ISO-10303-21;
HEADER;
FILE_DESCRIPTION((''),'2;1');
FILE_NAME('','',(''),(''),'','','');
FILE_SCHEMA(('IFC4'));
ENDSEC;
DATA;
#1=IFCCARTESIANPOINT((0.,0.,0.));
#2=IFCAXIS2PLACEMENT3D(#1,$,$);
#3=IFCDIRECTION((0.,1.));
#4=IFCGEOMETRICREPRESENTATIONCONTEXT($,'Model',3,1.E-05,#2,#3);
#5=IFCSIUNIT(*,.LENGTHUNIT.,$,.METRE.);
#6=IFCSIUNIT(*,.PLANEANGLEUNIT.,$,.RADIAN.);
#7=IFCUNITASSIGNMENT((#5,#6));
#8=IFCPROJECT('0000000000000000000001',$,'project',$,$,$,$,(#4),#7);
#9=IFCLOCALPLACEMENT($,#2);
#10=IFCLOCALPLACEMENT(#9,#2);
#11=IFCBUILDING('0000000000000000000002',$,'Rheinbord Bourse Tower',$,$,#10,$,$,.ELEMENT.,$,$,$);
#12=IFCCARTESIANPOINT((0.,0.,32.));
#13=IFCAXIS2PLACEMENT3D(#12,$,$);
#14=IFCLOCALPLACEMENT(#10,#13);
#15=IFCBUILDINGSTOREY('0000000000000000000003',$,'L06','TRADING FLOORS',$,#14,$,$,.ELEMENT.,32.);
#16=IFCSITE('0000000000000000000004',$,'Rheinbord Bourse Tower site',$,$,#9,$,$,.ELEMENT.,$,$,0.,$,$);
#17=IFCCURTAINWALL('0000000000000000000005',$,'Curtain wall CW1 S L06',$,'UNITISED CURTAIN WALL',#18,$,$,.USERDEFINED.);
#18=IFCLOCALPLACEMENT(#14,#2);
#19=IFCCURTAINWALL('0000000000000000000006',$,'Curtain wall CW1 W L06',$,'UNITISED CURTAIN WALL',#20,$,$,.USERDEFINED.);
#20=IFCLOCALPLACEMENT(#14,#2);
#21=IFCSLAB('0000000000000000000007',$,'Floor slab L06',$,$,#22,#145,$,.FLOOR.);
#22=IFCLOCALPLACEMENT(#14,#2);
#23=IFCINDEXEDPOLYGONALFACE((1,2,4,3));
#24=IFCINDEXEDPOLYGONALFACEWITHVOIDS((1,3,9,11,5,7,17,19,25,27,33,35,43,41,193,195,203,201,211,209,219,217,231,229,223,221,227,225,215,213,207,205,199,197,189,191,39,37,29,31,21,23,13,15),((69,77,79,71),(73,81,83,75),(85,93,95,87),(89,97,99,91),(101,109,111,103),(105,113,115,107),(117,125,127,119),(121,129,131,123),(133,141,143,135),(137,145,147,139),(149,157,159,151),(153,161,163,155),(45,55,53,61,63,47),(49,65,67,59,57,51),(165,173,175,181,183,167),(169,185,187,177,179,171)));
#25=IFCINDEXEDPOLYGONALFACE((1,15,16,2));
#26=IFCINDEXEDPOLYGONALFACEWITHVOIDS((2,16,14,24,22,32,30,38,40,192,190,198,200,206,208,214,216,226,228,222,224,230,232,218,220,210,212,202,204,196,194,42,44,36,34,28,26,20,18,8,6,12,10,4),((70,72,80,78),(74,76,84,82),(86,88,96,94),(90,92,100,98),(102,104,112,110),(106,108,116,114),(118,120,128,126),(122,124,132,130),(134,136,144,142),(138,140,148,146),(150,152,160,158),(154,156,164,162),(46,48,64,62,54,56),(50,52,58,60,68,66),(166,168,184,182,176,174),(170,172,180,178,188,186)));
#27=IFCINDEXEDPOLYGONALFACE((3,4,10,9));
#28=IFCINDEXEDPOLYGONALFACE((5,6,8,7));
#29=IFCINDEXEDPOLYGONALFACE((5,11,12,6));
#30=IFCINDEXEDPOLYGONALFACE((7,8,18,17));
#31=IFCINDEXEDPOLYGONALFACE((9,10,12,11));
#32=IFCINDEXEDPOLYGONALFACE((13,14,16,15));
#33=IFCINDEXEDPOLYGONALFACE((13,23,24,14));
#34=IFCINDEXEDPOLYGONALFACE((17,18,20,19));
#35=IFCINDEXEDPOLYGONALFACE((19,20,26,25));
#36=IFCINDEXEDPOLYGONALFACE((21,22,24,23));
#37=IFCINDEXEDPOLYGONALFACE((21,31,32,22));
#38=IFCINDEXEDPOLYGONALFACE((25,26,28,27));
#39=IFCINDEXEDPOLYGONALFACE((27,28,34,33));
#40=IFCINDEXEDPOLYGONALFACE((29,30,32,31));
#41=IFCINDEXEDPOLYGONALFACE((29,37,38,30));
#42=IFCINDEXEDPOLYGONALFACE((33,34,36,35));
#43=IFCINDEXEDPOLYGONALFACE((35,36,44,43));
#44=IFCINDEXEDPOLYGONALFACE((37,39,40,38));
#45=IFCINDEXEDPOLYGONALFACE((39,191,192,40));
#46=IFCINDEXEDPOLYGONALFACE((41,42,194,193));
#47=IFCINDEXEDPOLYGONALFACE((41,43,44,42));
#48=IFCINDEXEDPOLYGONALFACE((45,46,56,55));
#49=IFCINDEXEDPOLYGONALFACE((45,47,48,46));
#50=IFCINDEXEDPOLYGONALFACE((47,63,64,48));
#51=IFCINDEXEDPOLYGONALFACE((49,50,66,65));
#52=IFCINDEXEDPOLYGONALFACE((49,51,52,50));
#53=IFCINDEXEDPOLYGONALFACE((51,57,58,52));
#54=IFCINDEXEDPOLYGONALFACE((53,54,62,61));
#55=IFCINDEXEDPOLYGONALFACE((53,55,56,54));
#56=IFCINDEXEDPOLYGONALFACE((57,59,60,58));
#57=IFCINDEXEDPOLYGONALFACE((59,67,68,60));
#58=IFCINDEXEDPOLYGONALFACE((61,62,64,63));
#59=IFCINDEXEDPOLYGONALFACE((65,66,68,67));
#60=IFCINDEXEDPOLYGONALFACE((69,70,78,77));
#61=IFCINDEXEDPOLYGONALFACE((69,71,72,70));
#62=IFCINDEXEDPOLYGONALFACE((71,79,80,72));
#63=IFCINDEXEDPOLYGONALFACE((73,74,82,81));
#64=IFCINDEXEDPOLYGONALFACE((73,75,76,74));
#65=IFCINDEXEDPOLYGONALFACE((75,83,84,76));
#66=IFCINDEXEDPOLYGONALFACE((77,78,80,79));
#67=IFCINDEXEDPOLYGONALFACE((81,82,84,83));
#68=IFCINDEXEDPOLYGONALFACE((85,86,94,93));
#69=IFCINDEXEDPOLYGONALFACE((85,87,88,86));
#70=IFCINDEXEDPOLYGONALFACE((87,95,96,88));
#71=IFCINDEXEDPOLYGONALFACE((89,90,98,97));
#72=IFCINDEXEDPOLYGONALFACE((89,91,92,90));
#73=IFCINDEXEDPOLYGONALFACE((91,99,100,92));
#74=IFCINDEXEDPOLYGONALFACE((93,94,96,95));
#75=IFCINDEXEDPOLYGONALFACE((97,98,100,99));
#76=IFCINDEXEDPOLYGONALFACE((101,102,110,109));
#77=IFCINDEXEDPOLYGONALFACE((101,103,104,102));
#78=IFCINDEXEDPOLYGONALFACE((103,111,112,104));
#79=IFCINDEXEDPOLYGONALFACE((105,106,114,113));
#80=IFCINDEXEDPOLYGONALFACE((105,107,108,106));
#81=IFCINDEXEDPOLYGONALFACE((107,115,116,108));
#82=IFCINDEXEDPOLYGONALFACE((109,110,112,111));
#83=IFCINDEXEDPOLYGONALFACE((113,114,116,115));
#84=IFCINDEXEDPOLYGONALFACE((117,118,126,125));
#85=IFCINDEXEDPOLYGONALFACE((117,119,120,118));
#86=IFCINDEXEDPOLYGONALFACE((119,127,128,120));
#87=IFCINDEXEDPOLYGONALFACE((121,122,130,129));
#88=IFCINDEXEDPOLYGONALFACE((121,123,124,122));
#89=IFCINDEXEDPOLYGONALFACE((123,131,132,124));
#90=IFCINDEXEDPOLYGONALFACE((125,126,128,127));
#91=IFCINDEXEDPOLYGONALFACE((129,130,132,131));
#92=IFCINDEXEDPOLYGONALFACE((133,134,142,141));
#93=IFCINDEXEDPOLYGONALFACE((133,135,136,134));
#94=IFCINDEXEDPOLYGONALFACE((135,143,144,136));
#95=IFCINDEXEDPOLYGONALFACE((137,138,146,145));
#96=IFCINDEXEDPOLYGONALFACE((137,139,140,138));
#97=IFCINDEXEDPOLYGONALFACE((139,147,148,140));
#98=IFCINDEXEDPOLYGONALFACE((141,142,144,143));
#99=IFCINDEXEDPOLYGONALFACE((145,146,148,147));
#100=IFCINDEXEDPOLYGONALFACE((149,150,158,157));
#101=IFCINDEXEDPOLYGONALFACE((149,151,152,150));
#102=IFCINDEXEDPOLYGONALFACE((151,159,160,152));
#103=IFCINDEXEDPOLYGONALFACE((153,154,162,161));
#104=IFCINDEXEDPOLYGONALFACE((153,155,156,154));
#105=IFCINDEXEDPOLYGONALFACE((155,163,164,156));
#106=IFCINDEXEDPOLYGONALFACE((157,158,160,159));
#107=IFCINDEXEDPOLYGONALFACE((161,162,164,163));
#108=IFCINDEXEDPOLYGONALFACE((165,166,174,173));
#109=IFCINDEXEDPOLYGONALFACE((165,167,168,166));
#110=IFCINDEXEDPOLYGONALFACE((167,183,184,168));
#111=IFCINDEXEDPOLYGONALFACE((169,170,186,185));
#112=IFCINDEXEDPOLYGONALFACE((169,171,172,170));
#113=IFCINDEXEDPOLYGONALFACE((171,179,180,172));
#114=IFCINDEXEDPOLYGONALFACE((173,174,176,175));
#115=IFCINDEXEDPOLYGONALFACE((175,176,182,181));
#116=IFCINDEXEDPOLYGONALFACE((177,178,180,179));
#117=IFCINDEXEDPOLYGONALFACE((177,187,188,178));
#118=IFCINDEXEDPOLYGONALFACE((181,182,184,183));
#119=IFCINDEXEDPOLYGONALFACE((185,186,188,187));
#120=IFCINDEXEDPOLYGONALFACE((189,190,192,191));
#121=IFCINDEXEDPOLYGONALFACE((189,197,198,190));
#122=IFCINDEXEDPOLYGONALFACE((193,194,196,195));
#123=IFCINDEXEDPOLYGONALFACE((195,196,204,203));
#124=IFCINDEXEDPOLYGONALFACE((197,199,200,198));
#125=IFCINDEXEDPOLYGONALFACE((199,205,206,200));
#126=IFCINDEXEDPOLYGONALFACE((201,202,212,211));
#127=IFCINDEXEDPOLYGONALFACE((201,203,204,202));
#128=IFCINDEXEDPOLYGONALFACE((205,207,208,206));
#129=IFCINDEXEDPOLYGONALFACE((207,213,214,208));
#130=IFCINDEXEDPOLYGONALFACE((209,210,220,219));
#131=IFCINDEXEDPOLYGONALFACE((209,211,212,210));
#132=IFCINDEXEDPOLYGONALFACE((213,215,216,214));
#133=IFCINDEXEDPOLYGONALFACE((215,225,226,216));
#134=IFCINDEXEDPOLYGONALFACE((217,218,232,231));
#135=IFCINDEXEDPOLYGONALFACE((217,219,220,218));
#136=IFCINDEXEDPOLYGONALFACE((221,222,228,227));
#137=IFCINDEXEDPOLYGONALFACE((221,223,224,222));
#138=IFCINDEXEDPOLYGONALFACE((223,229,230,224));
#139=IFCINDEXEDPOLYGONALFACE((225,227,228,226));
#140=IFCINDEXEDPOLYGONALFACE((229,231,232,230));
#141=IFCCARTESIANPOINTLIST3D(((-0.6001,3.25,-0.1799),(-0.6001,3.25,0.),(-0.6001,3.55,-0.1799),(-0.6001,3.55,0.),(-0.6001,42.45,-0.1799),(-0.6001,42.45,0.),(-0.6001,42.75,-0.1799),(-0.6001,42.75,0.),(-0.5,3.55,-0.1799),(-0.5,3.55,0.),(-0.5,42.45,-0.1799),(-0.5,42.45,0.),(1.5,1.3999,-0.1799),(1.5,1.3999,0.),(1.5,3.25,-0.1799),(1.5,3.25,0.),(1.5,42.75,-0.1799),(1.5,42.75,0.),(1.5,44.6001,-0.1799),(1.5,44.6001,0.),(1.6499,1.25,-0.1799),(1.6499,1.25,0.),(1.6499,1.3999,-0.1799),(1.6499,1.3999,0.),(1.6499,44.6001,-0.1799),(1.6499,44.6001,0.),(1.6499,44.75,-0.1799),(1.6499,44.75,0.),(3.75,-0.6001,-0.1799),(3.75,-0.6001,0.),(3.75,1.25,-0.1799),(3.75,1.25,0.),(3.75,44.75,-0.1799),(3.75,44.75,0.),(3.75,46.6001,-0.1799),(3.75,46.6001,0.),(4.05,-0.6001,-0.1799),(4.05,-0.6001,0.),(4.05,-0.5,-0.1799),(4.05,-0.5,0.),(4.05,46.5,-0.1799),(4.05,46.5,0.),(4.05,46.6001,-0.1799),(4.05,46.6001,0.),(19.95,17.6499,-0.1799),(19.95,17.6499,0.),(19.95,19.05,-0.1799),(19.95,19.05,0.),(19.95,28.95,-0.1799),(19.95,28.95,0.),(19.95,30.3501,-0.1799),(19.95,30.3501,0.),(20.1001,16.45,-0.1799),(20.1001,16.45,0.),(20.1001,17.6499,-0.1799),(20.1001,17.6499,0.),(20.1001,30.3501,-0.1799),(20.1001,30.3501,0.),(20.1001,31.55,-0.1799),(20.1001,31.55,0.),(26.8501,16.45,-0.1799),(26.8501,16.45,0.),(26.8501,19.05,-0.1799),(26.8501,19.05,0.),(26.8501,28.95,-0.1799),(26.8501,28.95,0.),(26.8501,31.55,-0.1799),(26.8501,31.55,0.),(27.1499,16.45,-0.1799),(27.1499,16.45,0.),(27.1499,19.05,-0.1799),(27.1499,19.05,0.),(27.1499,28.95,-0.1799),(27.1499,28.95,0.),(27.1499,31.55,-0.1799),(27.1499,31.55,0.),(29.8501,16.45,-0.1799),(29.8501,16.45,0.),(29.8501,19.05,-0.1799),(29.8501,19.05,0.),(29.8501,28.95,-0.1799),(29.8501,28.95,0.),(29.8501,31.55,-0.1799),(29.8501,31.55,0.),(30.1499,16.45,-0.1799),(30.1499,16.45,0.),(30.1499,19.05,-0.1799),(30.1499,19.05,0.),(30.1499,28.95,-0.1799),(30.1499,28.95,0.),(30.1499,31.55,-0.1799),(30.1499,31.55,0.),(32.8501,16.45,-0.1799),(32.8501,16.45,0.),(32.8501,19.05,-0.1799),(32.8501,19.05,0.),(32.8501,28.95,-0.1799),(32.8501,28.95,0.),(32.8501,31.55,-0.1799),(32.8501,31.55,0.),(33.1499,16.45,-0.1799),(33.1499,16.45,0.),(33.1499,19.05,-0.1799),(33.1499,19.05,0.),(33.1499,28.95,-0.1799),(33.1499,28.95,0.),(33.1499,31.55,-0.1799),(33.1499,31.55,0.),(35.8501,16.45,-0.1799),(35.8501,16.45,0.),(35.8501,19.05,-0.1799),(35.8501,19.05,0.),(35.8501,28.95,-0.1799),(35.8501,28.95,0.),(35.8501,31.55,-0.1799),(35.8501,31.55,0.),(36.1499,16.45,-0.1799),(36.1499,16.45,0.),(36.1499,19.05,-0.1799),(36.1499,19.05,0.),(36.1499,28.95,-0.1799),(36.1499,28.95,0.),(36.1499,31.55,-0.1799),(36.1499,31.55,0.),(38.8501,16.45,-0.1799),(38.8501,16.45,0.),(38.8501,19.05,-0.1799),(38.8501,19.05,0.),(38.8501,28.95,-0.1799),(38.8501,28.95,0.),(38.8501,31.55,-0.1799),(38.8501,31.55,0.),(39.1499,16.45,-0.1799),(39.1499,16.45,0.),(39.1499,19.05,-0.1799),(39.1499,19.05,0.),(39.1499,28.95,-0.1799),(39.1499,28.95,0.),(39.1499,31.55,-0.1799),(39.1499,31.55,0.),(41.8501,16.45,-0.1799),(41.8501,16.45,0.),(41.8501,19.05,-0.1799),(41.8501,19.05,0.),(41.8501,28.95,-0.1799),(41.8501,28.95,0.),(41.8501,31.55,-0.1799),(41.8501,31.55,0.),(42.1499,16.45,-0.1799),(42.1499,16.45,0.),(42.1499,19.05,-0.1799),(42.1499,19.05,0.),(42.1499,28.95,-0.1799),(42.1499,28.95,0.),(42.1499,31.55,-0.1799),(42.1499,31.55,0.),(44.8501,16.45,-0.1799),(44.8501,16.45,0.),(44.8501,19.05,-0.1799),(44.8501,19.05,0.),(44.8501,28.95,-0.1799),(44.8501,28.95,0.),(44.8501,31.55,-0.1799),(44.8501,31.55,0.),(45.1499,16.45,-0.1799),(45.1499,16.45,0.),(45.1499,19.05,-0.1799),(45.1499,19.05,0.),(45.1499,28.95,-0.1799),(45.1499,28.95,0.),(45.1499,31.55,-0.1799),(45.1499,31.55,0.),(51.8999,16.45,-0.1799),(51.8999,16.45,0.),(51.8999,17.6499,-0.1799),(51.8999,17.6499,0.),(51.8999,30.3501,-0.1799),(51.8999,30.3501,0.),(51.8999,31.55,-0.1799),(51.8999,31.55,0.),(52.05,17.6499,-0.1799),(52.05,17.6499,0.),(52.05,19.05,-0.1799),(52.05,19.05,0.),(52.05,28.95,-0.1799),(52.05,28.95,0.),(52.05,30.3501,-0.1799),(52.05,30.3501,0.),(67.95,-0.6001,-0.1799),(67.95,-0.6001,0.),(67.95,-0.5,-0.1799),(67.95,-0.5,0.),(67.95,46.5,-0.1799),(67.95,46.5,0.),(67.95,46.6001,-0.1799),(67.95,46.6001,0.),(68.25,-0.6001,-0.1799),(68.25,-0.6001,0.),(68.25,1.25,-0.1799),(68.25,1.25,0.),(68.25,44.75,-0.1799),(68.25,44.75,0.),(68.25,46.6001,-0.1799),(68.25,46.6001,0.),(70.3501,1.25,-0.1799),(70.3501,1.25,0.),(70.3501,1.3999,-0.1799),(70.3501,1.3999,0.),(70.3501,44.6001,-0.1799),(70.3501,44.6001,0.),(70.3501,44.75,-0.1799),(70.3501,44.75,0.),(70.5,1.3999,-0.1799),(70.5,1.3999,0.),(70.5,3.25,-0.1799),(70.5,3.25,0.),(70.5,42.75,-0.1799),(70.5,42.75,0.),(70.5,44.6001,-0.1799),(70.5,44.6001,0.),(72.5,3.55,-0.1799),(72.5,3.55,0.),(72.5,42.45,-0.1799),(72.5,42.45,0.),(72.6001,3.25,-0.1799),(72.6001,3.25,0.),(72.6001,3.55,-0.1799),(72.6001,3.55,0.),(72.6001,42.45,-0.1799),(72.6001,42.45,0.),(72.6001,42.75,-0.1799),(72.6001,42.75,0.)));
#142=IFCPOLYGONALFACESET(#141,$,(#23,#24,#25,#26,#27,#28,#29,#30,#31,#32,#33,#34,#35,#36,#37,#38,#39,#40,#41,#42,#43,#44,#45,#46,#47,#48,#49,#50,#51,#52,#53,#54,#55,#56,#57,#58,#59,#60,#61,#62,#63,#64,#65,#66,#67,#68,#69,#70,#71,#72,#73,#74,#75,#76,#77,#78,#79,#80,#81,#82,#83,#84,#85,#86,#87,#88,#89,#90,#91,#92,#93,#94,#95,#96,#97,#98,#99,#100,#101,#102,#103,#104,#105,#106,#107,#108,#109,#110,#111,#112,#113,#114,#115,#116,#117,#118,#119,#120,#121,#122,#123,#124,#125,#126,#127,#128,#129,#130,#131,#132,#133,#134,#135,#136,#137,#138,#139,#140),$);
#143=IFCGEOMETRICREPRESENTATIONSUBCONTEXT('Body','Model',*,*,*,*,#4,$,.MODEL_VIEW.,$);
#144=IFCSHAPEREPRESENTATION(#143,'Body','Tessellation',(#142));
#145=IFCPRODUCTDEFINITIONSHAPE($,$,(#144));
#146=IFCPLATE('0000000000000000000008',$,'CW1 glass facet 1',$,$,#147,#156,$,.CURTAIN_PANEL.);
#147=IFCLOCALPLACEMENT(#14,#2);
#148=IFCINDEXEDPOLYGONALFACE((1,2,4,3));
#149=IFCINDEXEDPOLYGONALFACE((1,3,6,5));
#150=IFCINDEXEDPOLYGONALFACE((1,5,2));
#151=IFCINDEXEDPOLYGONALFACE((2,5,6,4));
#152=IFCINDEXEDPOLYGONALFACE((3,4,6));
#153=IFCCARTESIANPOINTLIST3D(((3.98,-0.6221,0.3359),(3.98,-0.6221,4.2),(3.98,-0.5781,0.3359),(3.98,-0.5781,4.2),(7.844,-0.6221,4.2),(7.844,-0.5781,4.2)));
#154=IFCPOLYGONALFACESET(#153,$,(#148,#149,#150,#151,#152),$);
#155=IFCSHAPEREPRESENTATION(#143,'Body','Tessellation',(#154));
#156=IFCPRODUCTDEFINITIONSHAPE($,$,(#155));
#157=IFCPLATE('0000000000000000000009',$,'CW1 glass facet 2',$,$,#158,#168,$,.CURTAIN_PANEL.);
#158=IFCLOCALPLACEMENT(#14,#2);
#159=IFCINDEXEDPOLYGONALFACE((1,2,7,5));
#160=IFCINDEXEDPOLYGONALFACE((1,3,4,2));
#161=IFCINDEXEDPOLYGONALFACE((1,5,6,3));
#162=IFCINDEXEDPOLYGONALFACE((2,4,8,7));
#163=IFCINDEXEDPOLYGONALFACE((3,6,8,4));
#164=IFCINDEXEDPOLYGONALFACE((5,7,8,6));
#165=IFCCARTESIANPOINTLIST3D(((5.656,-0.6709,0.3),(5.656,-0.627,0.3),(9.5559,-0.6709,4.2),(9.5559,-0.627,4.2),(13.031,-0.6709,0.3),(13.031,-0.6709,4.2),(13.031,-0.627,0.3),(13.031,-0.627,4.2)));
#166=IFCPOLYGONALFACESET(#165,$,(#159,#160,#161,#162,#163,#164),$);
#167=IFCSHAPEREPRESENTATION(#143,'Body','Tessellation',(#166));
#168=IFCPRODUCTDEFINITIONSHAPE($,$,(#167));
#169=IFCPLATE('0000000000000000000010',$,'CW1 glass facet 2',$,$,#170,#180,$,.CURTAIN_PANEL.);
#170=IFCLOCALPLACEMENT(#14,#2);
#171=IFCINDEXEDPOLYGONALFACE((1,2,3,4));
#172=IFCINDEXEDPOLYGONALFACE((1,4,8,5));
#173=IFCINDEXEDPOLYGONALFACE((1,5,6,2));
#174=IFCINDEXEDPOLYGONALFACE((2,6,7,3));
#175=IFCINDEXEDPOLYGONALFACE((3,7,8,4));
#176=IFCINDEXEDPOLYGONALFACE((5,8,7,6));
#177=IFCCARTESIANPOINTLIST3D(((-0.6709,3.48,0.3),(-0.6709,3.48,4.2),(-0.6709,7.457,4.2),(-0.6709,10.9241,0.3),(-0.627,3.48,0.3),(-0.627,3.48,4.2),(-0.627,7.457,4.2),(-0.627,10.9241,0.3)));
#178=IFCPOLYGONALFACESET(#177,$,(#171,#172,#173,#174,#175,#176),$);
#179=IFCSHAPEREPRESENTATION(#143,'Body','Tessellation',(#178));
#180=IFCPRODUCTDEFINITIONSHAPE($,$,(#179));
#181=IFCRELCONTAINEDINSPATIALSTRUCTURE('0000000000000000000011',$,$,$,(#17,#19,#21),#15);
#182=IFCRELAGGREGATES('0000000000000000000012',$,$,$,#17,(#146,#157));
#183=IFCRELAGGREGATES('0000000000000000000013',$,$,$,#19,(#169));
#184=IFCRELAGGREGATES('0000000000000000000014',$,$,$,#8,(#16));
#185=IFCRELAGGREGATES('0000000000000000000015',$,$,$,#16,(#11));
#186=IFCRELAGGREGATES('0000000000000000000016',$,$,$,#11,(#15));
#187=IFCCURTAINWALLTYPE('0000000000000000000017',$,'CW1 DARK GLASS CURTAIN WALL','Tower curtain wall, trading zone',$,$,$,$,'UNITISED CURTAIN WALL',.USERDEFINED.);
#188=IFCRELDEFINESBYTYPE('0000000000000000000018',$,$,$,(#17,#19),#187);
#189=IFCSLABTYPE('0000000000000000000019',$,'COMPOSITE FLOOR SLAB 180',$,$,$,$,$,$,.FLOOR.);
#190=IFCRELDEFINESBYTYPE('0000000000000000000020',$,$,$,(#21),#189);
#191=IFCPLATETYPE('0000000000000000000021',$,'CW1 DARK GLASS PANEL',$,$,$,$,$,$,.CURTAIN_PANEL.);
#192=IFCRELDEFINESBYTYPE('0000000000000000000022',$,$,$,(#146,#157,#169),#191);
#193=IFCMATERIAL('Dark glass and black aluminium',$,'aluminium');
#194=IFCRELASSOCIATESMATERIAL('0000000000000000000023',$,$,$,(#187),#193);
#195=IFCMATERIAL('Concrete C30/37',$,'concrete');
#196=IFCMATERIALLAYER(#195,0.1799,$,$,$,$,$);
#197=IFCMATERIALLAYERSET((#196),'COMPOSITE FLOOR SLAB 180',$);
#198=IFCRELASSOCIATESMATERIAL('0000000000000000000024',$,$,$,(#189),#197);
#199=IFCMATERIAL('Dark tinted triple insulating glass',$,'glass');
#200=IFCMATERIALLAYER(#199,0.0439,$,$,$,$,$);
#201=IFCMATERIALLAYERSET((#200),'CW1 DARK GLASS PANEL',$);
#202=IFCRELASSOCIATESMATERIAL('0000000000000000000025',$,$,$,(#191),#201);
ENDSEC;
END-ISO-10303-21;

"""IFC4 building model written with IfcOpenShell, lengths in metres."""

from ifc_helpers import new_model, si_unit, direction, frame, origin, place, context, subcontext, project, spatial, polyline, outline, extrude, material, layer, layer_set, type_object, element, aggregate, save


model = new_model("IFC4")

# Units and contexts
model_context = context("Model", 3, precision=1e-05, world=origin(), true_north=direction((0.0, 1.0)))
body_context = subcontext(model_context, "Body", "Model", "MODEL_VIEW")
ifc_project = project(units=[si_unit("LENGTHUNIT", "METRE"), si_unit("PLANEANGLEUNIT", "RADIAN")], contexts=[model_context])

# Site, building, storey
site_placement = place(None, origin())
site = spatial("IfcSite", under=ifc_project, at=site_placement, Name="Rheinbord Bourse Tower site", CompositionType="ELEMENT", RefElevation=0.0)
building_placement = place(site_placement, origin())
building = spatial("IfcBuilding", under=site, at=building_placement, Name="Rheinbord Bourse Tower", CompositionType="ELEMENT")
storey_placement = place(building_placement, frame((0.0, 0.0, 32.0)))
storey = spatial("IfcBuildingStorey", under=building, at=storey_placement, Name="L06", Description="TRADING FLOORS", CompositionType="ELEMENT", Elevation=32.0)

# Curtain wall
ifc_material_1 = material(Name="Dark glass and black aluminium", Category="aluminium")
curtain_wall_type = type_object("IfcCurtainWallType", Name="CW1 DARK GLASS CURTAIN WALL", Description="Tower curtain wall, trading zone", ElementType="UNITISED CURTAIN WALL", PredefinedType="USERDEFINED", material=ifc_material_1)
curtain_wall_1_placement = place(storey_placement, origin())
curtain_wall_1 = element("IfcCurtainWall", 1, at=curtain_wall_1_placement, inside=storey, type_object=curtain_wall_type, Name="Curtain wall CW1 S L06", ObjectType="UNITISED CURTAIN WALL", PredefinedType="USERDEFINED")

# Curtain wall
curtain_wall_2_placement = place(storey_placement, origin())
curtain_wall_2 = element("IfcCurtainWall", 2, at=curtain_wall_2_placement, inside=storey, type_object=curtain_wall_type, Name="Curtain wall CW1 W L06", ObjectType="UNITISED CURTAIN WALL", PredefinedType="USERDEFINED")

# Slab
ifc_material_2 = material(Name="Concrete C30/37", Category="concrete")
ifc_layer_1 = layer(ifc_material_2, 0.1799)
ifc_layer_set_1 = layer_set([ifc_layer_1], Name="COMPOSITE FLOOR SLAB 180")
slab_type_1 = type_object("IfcSlabType", Name="COMPOSITE FLOOR SLAB 180", PredefinedType="FLOOR", material=ifc_layer_set_1)
slab_1_placement = place(storey_placement, frame((0.0, 0.0, -0.1799)))
element("IfcSlab", 3, at=slab_1_placement, inside=storey, type_object=slab_type_1, Name="Floor slab L06", PredefinedType="FLOOR", context=body_context, shape_type="SweptSolid", body=[
    extrude(outline(polyline([(1.6499, 1.3999), (1.5, 1.3999), (1.5, 3.25), (-0.6001, 3.25), (-0.6001, 3.55), (-0.5, 3.55), (-0.5, 42.45), (-0.6001, 42.45), (-0.6001, 42.75), (1.5, 42.75), (1.5, 44.6001), (1.6499, 44.6001), (1.6499, 44.75), (3.75, 44.75), (3.75, 46.6001), (4.05, 46.6001), (4.05, 46.5), (67.95, 46.5), (67.95, 46.6001), (68.25, 46.6001), (68.25, 44.75), (70.3501, 44.75), (70.3501, 44.6001), (70.5, 44.6001), (70.5, 42.75), (72.6001, 42.75), (72.6001, 42.45), (72.5, 42.45), (72.5, 3.55), (72.6001, 3.55), (72.6001, 3.25), (70.5, 3.25), (70.5, 1.3999), (70.3501, 1.3999), (70.3501, 1.25), (68.25, 1.25), (68.25, -0.6001), (67.95, -0.6001), (67.95, -0.5), (4.05, -0.5), (4.05, -0.6001), (3.75, -0.6001), (3.75, 1.25), (1.6499, 1.25), (1.6499, 1.3999)]), holes=[polyline([(19.95, 19.05), (26.8501, 19.05), (26.8501, 16.45), (20.1001, 16.45), (20.1001, 17.6499), (19.95, 17.6499), (19.95, 19.05)]), polyline([(26.8501, 31.55), (26.8501, 28.95), (19.95, 28.95), (19.95, 30.3501), (20.1001, 30.3501), (20.1001, 31.55), (26.8501, 31.55)]), polyline([(45.1499, 16.45), (45.1499, 19.05), (52.05, 19.05), (52.05, 17.6499), (51.8999, 17.6499), (51.8999, 16.45), (45.1499, 16.45)]), polyline([(52.05, 28.95), (45.1499, 28.95), (45.1499, 31.55), (51.8999, 31.55), (51.8999, 30.3501), (52.05, 30.3501), (52.05, 28.95)]), polyline([(27.1499, 16.45), (27.1499, 19.05), (29.8501, 19.05), (29.8501, 16.45), (27.1499, 16.45)]), polyline([(27.1499, 28.95), (27.1499, 31.55), (29.8501, 31.55), (29.8501, 28.95), (27.1499, 28.95)]), polyline([(30.1499, 16.45), (30.1499, 19.05), (32.8501, 19.05), (32.8501, 16.45), (30.1499, 16.45)]), polyline([(30.1499, 28.95), (30.1499, 31.55), (32.8501, 31.55), (32.8501, 28.95), (30.1499, 28.95)]), polyline([(33.1499, 16.45), (33.1499, 19.05), (35.8501, 19.05), (35.8501, 16.45), (33.1499, 16.45)]), polyline([(33.1499, 28.95), (33.1499, 31.55), (35.8501, 31.55), (35.8501, 28.95), (33.1499, 28.95)]), polyline([(36.1499, 16.45), (36.1499, 19.05), (38.8501, 19.05), (38.8501, 16.45), (36.1499, 16.45)]), polyline([(36.1499, 28.95), (36.1499, 31.55), (38.8501, 31.55), (38.8501, 28.95), (36.1499, 28.95)]), polyline([(39.1499, 16.45), (39.1499, 19.05), (41.8501, 19.05), (41.8501, 16.45), (39.1499, 16.45)]), polyline([(39.1499, 28.95), (39.1499, 31.55), (41.8501, 31.55), (41.8501, 28.95), (39.1499, 28.95)]), polyline([(42.1499, 16.45), (42.1499, 19.05), (44.8501, 19.05), (44.8501, 16.45), (42.1499, 16.45)]), polyline([(42.1499, 28.95), (42.1499, 31.55), (44.8501, 31.55), (44.8501, 28.95), (42.1499, 28.95)])]), origin(), (0.0, 0.0, 1.0), 0.1799),
])

# Plates
ifc_material_3 = material(Name="Dark tinted triple insulating glass", Category="glass")
ifc_layer_2 = layer(ifc_material_3, 0.0439)
ifc_layer_set_2 = layer_set([ifc_layer_2], Name="CW1 DARK GLASS PANEL")
plate_type = type_object("IfcPlateType", Name="CW1 DARK GLASS PANEL", PredefinedType="CURTAIN_PANEL", material=ifc_layer_set_2)
plate_1_placement = place(storey_placement, frame((3.98, -0.6221, 4.2), z_axis=(0.0, 1.0, 0.0), x_axis=(1.0, 0.0, 0.0)))
plate_1 = element("IfcPlate", 4, at=plate_1_placement, type_object=plate_type, Name="CW1 glass facet 1", PredefinedType="CURTAIN_PANEL", context=body_context, shape_type="SweptSolid", body=[
    extrude(outline(polyline([(0.0, 0.0), (3.864, 0.0), (0.0, 3.864), (0.0, 0.0)])), origin(), (0.0, 0.0, 1.0), 0.0439),
])
plate_2_placement = place(storey_placement, frame((13.031, -0.6709, 4.2), z_axis=(0.0, 1.0, 0.0), x_axis=(0.0, 0.0, -1.0)))
plate_2 = element("IfcPlate", 5, at=plate_2_placement, type_object=plate_type, Name="CW1 glass facet 2", PredefinedType="CURTAIN_PANEL", context=body_context, shape_type="SweptSolid", body=[
    extrude(outline(polyline([(0.0, 0.0), (3.8999, 0.0), (3.8999, 7.375), (0.0, 3.4751), (0.0, 0.0)])), origin(), (0.0, 0.0, 1.0), 0.0439),
])
aggregate(curtain_wall_1, [plate_1, plate_2])
plate_3_placement = place(storey_placement, frame((-0.6709, 3.48, 4.2), z_axis=(1.0, 0.0, 0.0), x_axis=(0.0, 0.0, -1.0)))
plate_3 = element("IfcPlate", 6, at=plate_3_placement, type_object=plate_type, Name="CW1 glass facet 2", PredefinedType="CURTAIN_PANEL", context=body_context, shape_type="SweptSolid", body=[
    extrude(outline(polyline([(0.0, 0.0), (3.8999, 0.0), (3.8999, 7.4441), (0.0, 3.9771), (0.0, 0.0)])), origin(), (0.0, 0.0, 1.0), 0.0439),
])
aggregate(curtain_wall_2, [plate_3])

save(model, "model.ifc")
